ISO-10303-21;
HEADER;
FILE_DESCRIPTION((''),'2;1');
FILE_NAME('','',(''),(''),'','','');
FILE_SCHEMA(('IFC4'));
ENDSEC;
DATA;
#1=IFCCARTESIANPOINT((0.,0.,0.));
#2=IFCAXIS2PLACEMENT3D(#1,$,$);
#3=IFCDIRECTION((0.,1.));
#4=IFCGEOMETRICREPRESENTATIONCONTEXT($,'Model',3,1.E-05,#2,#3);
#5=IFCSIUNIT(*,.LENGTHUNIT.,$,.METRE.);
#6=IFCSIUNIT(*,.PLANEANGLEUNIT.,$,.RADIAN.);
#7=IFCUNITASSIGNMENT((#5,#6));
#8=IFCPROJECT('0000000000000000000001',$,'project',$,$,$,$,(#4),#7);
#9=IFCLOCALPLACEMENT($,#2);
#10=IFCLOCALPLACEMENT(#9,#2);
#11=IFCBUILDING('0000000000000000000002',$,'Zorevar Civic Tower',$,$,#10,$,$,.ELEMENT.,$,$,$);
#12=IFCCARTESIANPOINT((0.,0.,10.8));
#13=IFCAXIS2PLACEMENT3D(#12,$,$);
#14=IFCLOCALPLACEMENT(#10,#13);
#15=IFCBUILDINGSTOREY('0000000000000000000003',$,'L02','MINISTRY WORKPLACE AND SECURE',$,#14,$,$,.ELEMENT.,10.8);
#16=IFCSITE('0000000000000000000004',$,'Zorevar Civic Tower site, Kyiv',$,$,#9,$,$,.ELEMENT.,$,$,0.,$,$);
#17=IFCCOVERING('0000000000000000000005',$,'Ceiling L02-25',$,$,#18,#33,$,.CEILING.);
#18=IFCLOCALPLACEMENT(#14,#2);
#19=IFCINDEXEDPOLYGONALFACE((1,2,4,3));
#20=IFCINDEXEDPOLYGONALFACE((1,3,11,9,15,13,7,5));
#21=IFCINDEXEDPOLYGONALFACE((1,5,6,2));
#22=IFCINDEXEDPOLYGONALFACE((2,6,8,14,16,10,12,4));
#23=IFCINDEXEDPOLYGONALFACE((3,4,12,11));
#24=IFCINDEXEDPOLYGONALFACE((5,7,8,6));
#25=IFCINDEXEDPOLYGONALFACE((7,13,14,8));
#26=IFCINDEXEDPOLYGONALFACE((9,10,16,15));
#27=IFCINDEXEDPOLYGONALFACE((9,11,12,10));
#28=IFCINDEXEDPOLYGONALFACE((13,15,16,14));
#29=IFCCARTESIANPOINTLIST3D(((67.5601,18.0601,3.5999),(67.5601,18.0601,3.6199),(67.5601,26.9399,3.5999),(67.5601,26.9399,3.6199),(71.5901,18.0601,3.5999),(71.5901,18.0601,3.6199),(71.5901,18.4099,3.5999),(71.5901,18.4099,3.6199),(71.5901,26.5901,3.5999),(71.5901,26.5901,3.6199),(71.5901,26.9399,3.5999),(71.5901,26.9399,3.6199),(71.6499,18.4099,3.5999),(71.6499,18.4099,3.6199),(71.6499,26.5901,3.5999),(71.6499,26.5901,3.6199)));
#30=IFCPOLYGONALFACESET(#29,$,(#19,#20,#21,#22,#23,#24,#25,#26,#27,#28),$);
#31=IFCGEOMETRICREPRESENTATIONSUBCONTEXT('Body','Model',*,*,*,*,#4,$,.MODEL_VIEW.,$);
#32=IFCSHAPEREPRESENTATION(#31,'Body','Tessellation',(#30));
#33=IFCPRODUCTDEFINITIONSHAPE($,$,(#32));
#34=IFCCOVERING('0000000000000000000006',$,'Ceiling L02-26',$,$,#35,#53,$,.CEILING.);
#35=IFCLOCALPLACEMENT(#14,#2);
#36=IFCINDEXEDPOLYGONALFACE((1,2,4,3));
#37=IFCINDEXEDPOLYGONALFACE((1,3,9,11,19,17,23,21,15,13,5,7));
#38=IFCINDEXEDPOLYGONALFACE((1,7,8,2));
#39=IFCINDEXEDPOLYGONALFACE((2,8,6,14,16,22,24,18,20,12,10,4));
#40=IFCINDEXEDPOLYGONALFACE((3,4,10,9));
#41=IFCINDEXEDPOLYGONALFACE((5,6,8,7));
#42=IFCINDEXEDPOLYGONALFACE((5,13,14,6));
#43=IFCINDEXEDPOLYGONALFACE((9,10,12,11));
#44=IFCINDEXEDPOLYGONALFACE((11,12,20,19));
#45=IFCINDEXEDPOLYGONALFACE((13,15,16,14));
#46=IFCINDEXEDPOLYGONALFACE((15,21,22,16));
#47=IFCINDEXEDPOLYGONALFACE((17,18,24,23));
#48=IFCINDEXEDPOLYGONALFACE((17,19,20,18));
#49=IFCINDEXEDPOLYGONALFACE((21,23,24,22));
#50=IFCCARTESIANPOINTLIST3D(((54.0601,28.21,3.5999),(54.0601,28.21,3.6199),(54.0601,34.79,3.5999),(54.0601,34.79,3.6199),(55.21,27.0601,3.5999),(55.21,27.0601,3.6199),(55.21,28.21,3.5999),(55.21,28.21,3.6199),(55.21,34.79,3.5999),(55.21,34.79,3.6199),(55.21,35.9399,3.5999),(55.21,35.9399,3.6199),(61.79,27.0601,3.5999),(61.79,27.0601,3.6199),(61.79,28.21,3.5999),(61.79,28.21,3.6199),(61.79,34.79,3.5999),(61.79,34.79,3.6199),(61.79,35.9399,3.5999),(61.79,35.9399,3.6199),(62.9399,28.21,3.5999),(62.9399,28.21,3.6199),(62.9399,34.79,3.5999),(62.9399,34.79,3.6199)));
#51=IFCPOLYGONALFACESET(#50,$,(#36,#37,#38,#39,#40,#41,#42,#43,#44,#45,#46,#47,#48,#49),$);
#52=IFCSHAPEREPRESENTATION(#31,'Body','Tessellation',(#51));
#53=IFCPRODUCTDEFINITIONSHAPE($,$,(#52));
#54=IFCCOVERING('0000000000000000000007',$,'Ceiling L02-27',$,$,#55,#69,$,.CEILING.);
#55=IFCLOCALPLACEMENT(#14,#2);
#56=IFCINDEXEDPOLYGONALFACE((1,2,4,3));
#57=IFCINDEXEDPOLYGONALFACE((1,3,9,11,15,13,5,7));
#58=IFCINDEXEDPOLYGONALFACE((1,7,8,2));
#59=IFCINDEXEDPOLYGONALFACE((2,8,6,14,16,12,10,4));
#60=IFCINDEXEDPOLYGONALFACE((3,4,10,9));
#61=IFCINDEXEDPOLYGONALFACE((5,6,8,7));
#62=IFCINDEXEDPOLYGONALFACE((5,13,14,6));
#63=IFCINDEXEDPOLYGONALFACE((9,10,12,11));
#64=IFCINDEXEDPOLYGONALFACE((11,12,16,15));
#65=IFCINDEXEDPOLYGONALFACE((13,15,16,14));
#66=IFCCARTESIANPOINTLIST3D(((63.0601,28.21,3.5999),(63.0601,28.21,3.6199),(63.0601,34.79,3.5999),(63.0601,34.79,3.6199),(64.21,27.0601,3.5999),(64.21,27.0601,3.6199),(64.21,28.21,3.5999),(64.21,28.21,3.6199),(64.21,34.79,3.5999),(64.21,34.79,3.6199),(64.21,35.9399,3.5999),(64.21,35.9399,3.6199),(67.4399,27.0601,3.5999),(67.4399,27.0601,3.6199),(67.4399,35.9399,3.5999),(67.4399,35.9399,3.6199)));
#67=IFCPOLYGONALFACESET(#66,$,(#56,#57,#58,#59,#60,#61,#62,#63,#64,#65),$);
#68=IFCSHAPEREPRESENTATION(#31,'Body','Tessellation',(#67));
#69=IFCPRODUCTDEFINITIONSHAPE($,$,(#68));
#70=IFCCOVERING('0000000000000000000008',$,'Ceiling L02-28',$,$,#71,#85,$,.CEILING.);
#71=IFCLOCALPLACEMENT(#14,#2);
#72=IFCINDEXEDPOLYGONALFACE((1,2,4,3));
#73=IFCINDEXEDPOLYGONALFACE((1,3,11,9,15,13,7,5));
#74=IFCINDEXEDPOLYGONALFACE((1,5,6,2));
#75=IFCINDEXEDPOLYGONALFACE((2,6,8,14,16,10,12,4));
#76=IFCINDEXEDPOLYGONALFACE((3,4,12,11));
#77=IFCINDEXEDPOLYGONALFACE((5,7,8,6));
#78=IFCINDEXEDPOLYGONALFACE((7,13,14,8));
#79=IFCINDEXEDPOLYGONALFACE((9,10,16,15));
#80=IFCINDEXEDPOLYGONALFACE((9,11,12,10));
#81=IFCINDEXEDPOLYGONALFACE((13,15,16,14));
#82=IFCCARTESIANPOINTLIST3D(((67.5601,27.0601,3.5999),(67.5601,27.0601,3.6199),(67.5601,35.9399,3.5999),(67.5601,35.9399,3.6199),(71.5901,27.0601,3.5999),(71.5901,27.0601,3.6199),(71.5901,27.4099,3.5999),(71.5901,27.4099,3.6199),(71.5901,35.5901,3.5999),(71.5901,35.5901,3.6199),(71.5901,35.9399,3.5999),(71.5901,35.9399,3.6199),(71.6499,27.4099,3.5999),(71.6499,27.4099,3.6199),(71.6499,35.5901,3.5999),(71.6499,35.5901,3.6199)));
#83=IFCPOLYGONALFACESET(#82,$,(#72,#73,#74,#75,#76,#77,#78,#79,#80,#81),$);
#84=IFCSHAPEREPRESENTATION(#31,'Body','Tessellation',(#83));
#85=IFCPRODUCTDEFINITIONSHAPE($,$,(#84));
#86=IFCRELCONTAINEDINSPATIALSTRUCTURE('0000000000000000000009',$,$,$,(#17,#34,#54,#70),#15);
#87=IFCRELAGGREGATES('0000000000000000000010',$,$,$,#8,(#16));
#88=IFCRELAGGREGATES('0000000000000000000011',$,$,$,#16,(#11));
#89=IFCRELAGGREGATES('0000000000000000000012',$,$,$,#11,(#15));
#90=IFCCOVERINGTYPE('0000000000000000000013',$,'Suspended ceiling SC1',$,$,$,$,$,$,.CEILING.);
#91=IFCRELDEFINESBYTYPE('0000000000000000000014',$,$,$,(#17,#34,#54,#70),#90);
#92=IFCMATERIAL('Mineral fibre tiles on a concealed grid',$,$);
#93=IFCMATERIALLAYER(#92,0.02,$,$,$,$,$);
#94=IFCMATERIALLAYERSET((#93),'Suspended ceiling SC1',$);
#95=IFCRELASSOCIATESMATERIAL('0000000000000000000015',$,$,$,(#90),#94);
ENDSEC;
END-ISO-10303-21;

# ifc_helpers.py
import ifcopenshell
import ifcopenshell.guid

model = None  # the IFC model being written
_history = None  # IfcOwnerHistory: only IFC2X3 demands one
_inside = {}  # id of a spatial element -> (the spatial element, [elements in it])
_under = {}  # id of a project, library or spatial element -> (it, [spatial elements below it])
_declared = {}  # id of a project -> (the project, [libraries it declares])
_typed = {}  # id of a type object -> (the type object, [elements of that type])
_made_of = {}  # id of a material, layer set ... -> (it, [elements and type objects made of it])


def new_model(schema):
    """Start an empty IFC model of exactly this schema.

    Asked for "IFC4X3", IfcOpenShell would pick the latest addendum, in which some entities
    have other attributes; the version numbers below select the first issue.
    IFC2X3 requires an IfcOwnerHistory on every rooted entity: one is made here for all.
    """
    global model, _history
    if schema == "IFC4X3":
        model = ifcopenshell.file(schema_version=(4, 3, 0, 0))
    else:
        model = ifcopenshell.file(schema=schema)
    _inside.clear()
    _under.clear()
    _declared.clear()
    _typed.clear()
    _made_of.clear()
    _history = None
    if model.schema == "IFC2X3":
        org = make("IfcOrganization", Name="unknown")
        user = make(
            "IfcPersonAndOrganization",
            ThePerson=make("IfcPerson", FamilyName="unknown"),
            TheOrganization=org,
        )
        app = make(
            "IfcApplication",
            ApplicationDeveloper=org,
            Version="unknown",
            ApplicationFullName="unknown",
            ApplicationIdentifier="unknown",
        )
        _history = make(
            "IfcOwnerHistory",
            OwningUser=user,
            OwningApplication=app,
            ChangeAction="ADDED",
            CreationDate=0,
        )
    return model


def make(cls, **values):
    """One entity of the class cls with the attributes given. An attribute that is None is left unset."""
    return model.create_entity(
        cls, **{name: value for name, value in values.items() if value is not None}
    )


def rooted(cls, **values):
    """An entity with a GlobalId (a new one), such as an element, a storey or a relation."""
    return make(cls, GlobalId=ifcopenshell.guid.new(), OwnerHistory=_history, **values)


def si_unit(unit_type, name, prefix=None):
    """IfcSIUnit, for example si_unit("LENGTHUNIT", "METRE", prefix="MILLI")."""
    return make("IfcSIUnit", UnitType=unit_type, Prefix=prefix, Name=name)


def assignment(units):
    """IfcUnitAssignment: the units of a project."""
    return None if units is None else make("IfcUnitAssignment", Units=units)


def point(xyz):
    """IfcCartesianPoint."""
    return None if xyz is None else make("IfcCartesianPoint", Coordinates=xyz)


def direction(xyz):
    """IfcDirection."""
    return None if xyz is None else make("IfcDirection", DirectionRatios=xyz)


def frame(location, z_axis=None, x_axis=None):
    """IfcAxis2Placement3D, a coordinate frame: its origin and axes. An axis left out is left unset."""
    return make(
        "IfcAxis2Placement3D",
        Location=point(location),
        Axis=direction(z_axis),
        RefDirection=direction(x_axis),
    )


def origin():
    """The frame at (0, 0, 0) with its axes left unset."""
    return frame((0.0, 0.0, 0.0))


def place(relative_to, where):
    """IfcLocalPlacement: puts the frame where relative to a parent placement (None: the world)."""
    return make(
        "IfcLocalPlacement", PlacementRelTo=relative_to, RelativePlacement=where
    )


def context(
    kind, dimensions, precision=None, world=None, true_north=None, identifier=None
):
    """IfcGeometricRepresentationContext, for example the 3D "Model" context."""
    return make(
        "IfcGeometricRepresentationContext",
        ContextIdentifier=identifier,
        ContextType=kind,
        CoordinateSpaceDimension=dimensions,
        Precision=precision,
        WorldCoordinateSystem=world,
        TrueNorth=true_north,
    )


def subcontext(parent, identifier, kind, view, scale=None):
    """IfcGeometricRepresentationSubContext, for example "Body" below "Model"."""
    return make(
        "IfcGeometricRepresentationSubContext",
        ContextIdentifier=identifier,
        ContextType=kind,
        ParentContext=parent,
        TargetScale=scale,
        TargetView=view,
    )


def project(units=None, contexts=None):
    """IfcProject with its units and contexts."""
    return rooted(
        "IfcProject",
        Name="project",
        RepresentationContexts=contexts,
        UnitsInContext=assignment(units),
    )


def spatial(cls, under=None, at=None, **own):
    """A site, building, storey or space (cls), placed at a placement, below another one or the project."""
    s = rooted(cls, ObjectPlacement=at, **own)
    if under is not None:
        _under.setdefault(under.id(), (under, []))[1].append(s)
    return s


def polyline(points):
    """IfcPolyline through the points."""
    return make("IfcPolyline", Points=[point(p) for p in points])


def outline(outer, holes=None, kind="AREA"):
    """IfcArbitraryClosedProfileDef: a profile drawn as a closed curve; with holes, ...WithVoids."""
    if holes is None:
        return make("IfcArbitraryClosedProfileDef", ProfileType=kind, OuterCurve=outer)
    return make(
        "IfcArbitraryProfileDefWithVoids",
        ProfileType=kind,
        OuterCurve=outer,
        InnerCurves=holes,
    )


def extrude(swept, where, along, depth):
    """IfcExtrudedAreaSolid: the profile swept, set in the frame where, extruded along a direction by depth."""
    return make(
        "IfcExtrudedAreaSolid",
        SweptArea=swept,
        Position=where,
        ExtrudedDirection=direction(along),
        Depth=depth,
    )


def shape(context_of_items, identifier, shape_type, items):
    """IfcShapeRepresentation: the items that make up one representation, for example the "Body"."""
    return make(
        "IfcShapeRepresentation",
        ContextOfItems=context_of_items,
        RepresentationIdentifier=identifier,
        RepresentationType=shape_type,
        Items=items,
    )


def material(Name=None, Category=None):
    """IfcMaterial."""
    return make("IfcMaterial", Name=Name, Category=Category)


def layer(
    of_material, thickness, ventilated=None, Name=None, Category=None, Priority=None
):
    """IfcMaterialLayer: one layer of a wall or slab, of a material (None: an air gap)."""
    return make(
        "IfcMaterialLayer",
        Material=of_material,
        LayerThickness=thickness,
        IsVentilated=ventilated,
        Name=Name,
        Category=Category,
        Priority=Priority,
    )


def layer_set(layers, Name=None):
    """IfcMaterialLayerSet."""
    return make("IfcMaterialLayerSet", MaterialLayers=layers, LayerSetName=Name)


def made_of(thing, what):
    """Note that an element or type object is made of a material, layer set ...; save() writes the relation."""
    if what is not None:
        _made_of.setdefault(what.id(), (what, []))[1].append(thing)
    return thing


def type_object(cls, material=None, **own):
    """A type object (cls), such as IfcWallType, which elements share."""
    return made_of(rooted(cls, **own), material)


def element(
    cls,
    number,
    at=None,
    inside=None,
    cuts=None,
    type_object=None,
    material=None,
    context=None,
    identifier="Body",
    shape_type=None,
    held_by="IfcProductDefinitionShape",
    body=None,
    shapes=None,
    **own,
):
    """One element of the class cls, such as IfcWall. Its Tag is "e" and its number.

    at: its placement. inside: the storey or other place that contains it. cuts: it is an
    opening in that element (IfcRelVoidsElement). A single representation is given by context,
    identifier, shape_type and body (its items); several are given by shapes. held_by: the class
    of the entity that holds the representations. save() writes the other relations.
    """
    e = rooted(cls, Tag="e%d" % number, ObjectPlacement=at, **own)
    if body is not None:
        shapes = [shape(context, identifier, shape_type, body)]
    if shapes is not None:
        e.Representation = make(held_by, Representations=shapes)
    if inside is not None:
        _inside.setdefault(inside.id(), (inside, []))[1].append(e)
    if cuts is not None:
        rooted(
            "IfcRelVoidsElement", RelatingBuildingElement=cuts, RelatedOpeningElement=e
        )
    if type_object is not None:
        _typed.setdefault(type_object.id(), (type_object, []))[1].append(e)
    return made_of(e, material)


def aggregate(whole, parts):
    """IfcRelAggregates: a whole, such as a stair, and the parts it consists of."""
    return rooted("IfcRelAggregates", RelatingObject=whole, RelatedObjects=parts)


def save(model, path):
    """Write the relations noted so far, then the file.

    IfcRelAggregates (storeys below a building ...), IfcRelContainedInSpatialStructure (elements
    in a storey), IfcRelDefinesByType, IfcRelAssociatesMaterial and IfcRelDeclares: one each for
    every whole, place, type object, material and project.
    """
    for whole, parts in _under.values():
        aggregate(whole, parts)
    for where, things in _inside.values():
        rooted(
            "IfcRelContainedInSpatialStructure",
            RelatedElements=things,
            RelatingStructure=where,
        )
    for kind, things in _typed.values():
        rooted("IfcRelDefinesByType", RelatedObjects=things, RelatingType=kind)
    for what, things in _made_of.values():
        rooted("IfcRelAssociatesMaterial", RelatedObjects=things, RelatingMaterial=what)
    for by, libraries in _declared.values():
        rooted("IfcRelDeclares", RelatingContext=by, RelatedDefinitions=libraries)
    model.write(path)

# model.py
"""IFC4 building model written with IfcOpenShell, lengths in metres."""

from ifc_helpers import new_model, si_unit, direction, frame, origin, place, context, subcontext, project, spatial, polyline, outline, extrude, material, layer, layer_set, type_object, element, save


model = new_model("IFC4")

# Units and contexts
model_context = context("Model", 3, precision=1e-05, world=origin(), true_north=direction((0.0, 1.0)))
body_context = subcontext(model_context, "Body", "Model", "MODEL_VIEW")
ifc_project = project(units=[si_unit("LENGTHUNIT", "METRE"), si_unit("PLANEANGLEUNIT", "RADIAN")], contexts=[model_context])

# Site, building, storey
site_placement = place(None, origin())
site = spatial("IfcSite", under=ifc_project, at=site_placement, Name="Zorevar Civic Tower site, Kyiv", CompositionType="ELEMENT", RefElevation=0.0)
building_placement = place(site_placement, origin())
building = spatial("IfcBuilding", under=site, at=building_placement, Name="Zorevar Civic Tower", CompositionType="ELEMENT")
storey_placement = place(building_placement, frame((0.0, 0.0, 10.8)))
storey = spatial("IfcBuildingStorey", under=building, at=storey_placement, Name="L02", Description="MINISTRY WORKPLACE AND SECURE", CompositionType="ELEMENT", Elevation=10.8)

# Coverings
ifc_material_1 = material(Name="Mineral fibre tiles on a concealed grid")
ifc_layer_1 = layer(ifc_material_1, 0.02)
ifc_layer_set_1 = layer_set([ifc_layer_1], Name="Suspended ceiling SC1")
covering_type_1 = type_object("IfcCoveringType", Name="Suspended ceiling SC1", PredefinedType="CEILING", material=ifc_layer_set_1)
covering_1_placement = place(storey_placement, frame((0.0, 0.0, 3.5999)))
element("IfcCovering", 1, at=covering_1_placement, inside=storey, type_object=covering_type_1, Name="Ceiling L02-25", PredefinedType="CEILING", context=body_context, shape_type="SweptSolid", body=[
    extrude(outline(polyline([(71.6499, 18.4099), (71.5901, 18.4099), (71.5901, 18.0601), (67.5601, 18.0601), (67.5601, 26.9399), (71.5901, 26.9399), (71.5901, 26.5901), (71.6499, 26.5901), (71.6499, 18.4099)])), origin(), (0.0, 0.0, 1.0), 0.02),
])
covering_2_placement = place(storey_placement, frame((0.0, 0.0, 3.5999)))
element("IfcCovering", 2, at=covering_2_placement, inside=storey, type_object=covering_type_1, Name="Ceiling L02-26", PredefinedType="CEILING", context=body_context, shape_type="SweptSolid", body=[
    extrude(outline(polyline([(62.9399, 28.21), (61.79, 28.21), (61.79, 27.0601), (55.21, 27.0601), (55.21, 28.21), (54.0601, 28.21), (54.0601, 34.79), (55.21, 34.79), (55.21, 35.9399), (61.79, 35.9399), (61.79, 34.79), (62.9399, 34.79), (62.9399, 28.21)])), origin(), (0.0, 0.0, 1.0), 0.02),
])
covering_3_placement = place(storey_placement, frame((0.0, 0.0, 3.5999)))
element("IfcCovering", 3, at=covering_3_placement, inside=storey, type_object=covering_type_1, Name="Ceiling L02-27", PredefinedType="CEILING", context=body_context, shape_type="SweptSolid", body=[
    extrude(outline(polyline([(64.21, 28.21), (63.0601, 28.21), (63.0601, 34.79), (64.21, 34.79), (64.21, 35.9399), (67.4399, 35.9399), (67.4399, 27.0601), (64.21, 27.0601), (64.21, 28.21)])), origin(), (0.0, 0.0, 1.0), 0.02),
])
covering_4_placement = place(storey_placement, frame((0.0, 0.0, 3.5999)))
element("IfcCovering", 4, at=covering_4_placement, inside=storey, type_object=covering_type_1, Name="Ceiling L02-28", PredefinedType="CEILING", context=body_context, shape_type="SweptSolid", body=[
    extrude(outline(polyline([(71.6499, 27.4099), (71.5901, 27.4099), (71.5901, 27.0601), (67.5601, 27.0601), (67.5601, 35.9399), (71.5901, 35.9399), (71.5901, 35.5901), (71.6499, 35.5901), (71.6499, 27.4099)])), origin(), (0.0, 0.0, 1.0), 0.02),
])

save(model, "model.ifc")
